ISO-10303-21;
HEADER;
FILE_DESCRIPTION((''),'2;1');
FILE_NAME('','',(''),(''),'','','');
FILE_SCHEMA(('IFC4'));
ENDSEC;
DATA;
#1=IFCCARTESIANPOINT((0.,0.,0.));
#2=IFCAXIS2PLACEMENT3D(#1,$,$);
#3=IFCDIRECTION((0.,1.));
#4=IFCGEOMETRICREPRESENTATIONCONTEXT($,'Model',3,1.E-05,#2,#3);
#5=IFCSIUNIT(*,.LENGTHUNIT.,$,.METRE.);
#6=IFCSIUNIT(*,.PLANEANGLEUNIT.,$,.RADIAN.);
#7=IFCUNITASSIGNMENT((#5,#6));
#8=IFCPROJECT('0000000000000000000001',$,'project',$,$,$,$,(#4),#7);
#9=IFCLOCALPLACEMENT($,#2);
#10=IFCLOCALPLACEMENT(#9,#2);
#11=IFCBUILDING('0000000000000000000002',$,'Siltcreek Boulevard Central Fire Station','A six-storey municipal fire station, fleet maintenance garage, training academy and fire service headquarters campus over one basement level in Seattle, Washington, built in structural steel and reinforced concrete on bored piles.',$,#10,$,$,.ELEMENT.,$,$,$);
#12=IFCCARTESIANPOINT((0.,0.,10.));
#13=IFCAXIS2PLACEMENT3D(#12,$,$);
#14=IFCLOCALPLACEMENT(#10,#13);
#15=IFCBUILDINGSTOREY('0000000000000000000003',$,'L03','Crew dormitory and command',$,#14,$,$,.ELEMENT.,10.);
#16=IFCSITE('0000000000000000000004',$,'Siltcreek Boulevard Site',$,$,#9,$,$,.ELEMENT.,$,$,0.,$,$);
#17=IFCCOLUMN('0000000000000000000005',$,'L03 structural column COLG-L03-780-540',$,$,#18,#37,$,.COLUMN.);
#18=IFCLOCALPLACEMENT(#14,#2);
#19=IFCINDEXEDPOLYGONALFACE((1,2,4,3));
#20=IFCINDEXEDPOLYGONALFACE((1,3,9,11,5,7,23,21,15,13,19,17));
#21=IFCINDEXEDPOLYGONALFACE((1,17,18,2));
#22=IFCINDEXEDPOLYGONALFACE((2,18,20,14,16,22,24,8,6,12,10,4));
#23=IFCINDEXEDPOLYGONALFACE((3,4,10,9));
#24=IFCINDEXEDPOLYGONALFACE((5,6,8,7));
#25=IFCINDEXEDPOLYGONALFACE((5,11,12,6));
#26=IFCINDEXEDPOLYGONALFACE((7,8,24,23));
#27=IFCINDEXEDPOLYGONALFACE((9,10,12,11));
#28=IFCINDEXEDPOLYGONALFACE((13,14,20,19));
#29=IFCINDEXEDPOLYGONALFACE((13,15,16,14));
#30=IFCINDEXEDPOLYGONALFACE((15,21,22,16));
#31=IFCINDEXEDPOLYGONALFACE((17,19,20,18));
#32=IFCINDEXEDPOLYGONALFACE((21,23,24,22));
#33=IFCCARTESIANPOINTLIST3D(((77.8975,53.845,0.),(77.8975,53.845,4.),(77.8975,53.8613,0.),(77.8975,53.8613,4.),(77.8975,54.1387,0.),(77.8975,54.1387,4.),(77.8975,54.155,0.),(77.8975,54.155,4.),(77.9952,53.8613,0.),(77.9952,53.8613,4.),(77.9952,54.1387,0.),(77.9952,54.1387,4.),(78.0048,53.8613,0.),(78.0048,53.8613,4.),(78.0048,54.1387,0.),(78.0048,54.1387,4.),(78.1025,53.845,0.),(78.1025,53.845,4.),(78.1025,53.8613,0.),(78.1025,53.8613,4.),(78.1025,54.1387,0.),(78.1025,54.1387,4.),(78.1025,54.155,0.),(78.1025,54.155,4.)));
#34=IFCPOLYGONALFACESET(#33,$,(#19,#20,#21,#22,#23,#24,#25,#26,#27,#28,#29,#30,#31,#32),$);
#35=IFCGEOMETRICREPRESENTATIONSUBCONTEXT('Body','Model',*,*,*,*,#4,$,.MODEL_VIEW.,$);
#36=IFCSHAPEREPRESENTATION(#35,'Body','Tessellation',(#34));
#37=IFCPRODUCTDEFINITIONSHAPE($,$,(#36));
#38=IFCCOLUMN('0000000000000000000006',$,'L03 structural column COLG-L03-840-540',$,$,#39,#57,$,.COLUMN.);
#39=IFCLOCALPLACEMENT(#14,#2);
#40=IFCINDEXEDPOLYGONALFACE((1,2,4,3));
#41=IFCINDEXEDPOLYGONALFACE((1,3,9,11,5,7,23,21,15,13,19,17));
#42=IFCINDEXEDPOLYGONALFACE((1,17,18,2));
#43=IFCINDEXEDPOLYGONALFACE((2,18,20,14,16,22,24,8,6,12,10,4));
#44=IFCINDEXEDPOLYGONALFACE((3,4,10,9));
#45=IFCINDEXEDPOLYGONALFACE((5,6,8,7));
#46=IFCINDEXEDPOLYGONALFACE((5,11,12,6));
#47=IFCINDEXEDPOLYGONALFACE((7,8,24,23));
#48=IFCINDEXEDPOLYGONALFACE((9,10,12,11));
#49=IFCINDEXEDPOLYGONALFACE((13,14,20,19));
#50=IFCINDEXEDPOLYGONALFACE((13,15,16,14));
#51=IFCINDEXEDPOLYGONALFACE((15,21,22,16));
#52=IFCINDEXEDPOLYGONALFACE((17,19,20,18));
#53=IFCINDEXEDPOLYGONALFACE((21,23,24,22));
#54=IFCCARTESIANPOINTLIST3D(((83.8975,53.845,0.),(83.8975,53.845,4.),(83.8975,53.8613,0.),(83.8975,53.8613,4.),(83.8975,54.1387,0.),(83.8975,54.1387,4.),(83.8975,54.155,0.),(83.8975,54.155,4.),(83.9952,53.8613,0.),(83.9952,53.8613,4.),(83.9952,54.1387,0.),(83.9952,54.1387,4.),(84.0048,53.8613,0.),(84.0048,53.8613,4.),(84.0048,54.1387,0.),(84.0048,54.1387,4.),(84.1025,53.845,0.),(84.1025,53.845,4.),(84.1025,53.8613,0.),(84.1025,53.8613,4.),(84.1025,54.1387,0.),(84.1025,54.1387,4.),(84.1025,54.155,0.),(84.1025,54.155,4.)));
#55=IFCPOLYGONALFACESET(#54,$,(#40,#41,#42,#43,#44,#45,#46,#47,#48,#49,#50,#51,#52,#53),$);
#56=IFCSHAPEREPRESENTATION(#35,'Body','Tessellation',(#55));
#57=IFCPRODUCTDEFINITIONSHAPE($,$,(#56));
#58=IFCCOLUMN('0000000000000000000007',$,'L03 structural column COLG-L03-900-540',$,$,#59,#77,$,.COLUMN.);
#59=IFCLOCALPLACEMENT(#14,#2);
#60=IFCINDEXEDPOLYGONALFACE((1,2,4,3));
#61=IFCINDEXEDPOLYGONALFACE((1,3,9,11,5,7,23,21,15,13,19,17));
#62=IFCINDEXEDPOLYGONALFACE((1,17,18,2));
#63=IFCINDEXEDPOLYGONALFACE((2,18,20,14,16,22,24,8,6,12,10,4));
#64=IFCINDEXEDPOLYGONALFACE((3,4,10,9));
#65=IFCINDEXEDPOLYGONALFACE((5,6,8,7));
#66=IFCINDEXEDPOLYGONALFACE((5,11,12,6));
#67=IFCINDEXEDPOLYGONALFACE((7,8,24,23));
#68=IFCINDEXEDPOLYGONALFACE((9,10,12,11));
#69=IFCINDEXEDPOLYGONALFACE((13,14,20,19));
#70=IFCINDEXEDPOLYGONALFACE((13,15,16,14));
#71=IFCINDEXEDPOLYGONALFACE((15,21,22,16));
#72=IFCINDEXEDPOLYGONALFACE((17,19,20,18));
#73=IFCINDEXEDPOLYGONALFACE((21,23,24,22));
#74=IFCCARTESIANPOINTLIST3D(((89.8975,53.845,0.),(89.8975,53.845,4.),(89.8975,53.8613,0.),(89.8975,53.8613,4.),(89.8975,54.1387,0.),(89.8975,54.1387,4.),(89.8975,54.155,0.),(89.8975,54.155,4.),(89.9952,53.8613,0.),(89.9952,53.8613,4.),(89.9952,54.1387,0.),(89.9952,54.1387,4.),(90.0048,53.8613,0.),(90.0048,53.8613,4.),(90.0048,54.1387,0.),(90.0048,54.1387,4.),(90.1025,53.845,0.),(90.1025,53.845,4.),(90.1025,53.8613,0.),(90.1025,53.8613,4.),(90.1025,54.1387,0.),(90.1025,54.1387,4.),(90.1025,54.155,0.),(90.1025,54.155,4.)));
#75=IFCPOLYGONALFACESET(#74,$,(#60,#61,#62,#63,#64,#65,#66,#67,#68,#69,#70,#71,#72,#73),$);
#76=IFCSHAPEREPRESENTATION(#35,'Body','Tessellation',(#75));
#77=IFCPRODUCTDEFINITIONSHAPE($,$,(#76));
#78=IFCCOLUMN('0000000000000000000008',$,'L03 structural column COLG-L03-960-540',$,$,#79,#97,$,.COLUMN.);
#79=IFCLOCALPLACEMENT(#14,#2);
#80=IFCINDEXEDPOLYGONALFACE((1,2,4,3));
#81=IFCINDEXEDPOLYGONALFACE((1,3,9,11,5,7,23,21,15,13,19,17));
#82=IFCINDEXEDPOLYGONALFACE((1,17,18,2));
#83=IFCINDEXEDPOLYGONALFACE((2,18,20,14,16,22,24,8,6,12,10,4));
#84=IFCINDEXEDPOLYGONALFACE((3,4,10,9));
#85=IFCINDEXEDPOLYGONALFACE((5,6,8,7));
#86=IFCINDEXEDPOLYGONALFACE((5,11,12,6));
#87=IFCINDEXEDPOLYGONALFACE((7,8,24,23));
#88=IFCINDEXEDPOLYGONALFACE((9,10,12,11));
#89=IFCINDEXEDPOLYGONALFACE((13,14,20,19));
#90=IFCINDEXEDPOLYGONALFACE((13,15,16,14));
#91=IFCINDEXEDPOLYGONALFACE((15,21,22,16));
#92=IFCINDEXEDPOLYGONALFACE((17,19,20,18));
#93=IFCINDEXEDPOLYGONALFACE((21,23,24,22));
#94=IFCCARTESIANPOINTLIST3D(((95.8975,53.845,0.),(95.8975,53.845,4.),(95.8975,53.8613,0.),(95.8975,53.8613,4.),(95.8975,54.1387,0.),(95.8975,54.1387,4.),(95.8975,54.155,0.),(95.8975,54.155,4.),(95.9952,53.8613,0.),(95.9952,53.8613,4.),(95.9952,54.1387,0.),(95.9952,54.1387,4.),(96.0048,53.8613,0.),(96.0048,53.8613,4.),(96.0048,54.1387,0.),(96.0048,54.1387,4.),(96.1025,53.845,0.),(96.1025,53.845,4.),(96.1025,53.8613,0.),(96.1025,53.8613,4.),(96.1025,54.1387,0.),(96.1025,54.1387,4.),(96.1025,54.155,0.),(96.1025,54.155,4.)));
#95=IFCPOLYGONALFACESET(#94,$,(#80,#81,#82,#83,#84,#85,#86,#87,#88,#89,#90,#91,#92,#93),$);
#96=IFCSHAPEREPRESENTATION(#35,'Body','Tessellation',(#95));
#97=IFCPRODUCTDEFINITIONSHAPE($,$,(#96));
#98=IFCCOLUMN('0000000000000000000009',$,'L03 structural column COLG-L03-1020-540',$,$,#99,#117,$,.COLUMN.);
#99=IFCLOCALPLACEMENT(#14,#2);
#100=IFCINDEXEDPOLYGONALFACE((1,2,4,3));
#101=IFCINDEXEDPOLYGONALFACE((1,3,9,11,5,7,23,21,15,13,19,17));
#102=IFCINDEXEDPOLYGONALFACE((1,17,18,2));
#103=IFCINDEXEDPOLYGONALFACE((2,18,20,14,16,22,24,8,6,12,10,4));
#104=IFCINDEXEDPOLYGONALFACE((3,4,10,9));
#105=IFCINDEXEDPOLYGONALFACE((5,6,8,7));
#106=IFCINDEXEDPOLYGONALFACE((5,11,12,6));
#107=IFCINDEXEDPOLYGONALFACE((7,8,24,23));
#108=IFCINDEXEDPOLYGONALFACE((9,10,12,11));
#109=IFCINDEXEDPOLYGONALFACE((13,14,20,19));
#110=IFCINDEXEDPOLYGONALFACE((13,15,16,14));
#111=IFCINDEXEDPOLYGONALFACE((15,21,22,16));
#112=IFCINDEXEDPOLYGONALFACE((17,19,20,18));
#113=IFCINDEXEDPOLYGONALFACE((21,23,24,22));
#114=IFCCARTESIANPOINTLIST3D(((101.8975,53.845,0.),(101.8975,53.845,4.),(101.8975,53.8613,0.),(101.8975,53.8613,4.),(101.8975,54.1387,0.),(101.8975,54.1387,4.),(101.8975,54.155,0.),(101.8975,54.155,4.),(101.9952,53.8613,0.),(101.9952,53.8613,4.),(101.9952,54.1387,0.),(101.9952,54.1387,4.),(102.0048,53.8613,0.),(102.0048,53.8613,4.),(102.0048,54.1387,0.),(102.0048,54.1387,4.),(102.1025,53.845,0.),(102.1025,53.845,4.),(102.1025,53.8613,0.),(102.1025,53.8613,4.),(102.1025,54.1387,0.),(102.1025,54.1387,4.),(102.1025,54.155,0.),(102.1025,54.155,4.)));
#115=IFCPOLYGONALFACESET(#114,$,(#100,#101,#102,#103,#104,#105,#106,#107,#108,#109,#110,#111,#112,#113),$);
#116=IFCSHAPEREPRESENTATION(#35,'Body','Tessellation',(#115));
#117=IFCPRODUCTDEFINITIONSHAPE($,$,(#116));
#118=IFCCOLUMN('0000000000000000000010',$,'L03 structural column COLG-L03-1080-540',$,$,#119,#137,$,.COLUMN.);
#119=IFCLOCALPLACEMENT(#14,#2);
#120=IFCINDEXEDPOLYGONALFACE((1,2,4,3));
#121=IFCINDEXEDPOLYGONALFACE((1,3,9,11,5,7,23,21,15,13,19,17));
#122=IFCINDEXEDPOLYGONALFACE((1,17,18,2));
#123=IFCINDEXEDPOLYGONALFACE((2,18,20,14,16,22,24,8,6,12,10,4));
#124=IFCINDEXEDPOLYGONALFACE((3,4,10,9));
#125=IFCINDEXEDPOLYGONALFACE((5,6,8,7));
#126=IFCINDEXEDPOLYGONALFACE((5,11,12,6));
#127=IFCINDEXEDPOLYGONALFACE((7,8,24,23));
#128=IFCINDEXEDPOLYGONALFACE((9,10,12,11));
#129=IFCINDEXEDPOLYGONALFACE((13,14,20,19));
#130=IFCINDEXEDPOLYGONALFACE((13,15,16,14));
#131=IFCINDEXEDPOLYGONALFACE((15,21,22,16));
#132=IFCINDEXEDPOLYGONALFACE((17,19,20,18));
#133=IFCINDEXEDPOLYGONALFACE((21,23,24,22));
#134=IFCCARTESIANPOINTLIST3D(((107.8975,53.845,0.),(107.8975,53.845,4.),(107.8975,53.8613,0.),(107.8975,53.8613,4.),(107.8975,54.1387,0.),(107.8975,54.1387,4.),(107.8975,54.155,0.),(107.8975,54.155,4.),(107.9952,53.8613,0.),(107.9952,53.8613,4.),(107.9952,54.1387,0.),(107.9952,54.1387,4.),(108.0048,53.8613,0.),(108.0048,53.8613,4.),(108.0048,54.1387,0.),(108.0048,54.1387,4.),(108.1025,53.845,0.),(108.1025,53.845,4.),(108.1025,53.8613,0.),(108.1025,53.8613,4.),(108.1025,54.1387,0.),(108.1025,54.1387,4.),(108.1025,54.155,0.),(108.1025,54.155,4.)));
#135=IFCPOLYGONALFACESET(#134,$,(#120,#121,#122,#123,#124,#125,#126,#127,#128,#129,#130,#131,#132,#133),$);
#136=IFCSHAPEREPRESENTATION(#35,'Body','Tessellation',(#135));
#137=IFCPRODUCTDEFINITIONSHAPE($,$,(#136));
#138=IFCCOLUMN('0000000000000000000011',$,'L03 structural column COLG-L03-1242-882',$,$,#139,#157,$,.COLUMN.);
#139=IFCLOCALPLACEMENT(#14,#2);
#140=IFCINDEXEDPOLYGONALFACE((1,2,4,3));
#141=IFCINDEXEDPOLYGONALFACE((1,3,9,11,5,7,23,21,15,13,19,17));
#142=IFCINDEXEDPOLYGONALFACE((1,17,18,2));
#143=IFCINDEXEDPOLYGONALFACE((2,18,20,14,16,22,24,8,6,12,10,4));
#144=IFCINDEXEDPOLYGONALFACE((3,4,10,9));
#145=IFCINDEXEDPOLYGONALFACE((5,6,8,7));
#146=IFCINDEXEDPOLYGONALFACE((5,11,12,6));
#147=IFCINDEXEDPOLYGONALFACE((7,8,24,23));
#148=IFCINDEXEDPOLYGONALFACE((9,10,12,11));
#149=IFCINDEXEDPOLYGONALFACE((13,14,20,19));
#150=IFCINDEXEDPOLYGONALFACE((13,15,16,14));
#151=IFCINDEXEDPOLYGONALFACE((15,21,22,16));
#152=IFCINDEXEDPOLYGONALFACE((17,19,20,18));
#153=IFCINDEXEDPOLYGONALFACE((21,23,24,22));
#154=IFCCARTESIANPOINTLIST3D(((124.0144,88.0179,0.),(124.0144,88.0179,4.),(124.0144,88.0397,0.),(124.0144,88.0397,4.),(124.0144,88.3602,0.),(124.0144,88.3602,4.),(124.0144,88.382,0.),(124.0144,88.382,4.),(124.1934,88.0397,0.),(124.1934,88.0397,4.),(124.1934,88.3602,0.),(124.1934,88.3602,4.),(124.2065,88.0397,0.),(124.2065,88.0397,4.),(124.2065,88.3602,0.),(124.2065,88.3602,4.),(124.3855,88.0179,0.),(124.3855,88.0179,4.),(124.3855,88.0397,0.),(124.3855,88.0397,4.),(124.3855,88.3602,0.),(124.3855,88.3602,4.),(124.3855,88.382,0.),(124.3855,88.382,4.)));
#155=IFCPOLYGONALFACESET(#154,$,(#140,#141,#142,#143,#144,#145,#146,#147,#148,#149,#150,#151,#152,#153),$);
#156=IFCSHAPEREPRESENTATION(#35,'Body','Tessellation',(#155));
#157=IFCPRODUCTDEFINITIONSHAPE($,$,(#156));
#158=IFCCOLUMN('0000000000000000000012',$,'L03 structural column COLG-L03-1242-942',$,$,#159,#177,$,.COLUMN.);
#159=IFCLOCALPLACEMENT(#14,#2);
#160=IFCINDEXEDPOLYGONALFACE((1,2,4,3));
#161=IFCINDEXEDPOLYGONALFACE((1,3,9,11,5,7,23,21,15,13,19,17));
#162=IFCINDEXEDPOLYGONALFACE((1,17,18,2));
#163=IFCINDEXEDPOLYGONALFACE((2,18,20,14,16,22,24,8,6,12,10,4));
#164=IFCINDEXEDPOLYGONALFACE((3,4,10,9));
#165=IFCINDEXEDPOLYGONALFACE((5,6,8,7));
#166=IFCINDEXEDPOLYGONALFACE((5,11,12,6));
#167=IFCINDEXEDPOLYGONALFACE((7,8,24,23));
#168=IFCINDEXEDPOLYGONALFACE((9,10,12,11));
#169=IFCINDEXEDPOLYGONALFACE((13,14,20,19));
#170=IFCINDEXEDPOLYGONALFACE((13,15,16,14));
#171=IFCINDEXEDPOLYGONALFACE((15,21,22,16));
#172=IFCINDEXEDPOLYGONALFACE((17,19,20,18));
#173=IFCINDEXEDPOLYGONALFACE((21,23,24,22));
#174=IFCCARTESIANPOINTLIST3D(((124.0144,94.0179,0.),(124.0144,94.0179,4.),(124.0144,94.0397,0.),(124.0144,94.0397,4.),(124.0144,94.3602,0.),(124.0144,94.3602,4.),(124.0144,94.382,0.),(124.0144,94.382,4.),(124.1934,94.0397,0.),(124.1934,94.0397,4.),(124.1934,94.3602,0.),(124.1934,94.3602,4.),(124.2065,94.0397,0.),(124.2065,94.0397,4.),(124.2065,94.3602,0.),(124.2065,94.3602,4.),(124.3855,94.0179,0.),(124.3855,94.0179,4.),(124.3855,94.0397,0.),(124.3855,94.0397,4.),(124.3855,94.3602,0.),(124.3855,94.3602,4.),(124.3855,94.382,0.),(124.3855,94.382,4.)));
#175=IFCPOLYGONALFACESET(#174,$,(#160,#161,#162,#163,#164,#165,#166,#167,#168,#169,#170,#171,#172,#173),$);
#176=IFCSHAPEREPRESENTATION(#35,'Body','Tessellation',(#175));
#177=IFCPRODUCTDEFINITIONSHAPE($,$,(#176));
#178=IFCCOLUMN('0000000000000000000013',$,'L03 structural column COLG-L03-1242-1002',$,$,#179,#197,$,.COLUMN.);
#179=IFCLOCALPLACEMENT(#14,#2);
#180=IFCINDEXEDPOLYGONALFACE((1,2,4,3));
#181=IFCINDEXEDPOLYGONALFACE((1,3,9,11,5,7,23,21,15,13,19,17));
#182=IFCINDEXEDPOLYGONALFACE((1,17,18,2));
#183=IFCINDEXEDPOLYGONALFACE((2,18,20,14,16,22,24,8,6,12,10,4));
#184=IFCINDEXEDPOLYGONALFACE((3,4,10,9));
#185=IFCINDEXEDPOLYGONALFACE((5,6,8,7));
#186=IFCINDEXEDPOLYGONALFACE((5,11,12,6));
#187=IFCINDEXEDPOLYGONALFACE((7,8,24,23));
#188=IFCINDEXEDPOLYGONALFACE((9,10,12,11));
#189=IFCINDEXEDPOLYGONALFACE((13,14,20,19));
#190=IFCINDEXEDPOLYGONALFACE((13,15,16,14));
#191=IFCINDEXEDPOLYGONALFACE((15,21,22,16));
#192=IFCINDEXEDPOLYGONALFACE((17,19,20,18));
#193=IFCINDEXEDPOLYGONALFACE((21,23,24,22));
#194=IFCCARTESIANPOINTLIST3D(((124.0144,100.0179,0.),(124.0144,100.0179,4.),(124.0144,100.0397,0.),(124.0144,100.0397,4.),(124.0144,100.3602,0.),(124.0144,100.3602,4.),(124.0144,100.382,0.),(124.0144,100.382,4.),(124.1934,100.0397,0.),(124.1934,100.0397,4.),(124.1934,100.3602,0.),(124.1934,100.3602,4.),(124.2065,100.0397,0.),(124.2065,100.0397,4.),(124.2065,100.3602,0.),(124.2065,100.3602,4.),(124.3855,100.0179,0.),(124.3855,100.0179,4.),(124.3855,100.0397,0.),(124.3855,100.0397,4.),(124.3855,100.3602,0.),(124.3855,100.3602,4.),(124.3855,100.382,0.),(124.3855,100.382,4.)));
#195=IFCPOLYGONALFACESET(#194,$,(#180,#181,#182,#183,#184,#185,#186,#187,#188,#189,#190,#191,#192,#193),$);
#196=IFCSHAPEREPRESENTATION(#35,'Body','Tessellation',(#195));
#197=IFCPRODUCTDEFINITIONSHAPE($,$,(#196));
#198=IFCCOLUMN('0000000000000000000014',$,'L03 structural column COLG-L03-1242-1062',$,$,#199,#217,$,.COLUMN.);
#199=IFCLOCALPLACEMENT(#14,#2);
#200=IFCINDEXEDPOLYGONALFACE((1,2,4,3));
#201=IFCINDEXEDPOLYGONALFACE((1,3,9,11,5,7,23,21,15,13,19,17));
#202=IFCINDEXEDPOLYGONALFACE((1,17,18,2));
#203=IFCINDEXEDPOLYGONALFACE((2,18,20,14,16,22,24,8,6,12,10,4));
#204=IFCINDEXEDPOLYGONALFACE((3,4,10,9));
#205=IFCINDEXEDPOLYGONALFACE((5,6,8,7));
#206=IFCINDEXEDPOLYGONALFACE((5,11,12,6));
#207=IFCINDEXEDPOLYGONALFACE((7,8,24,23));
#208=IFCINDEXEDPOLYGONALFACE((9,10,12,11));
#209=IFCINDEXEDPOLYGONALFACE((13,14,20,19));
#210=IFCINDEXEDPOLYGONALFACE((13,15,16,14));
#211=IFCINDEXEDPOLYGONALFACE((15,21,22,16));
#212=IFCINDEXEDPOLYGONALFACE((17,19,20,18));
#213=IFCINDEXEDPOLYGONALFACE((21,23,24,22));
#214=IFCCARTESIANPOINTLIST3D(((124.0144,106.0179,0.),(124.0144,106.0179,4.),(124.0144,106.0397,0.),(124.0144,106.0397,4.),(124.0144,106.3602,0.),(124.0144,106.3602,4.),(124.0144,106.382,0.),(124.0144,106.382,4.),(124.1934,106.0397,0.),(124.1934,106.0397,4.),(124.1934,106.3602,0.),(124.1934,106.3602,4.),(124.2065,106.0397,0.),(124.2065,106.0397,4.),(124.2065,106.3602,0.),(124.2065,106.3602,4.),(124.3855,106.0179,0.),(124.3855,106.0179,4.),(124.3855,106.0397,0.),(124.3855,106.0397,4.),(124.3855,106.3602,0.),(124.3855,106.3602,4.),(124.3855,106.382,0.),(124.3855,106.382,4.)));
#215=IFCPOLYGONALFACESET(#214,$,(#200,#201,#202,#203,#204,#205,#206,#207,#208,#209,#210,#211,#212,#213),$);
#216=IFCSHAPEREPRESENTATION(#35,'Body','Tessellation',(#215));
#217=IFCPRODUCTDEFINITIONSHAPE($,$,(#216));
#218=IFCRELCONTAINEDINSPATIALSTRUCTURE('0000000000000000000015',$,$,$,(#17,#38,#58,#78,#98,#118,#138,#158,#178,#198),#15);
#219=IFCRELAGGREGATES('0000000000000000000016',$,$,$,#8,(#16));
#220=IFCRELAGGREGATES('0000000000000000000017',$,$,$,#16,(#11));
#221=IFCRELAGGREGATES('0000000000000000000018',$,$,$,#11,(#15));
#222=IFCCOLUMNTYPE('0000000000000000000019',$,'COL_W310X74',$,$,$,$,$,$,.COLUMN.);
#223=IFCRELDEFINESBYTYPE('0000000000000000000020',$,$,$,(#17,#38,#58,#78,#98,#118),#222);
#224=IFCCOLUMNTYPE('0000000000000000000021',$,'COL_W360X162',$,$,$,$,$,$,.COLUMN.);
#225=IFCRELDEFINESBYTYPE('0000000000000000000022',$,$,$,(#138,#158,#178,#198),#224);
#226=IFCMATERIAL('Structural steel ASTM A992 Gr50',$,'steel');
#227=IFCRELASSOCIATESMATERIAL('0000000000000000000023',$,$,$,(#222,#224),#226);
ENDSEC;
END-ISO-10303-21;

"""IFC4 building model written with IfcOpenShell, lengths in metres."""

from ifc_helpers import new_model, si_unit, direction, frame, origin, origin_2d, place, context, subcontext, project, spatial, i_section, extrude, material, material_profile, profile_set, type_object, element, save


model = new_model("IFC4")

# Units and contexts
model_context = context("Model", 3, precision=1e-05, world=origin(), true_north=direction((0.0, 1.0)))
body_context = subcontext(model_context, "Body", "Model", "MODEL_VIEW")
ifc_project = project(units=[si_unit("LENGTHUNIT", "METRE"), si_unit("PLANEANGLEUNIT", "RADIAN")], contexts=[model_context])

# Site, building, storey
site_placement = place(None, origin())
site = spatial("IfcSite", under=ifc_project, at=site_placement, Name="Siltcreek Boulevard Site", CompositionType="ELEMENT", RefElevation=0.0)
building_placement = place(site_placement, origin())
building = spatial("IfcBuilding", under=site, at=building_placement, Name="Siltcreek Boulevard Central Fire Station", Description="A six-storey municipal fire station, fleet maintenance garage, training academy and fire service headquarters campus over one basement level in Seattle, Washington, built in structural steel and reinforced concrete on bored piles.", CompositionType="ELEMENT")
storey_placement = place(building_placement, frame((0.0, 0.0, 10.0)))
storey = spatial("IfcBuildingStorey", under=building, at=storey_placement, Name="L03", Description="Crew dormitory and command", CompositionType="ELEMENT", Elevation=10.0)

# Columns
ifc_material_1 = material(Name="Structural steel ASTM A992 Gr50", Category="steel")
ifc_material_profile_1 = material_profile(ifc_material_1, i_section(OverallWidth=0.2051, OverallDepth=0.3101, WebThickness=0.0095, FlangeThickness=0.0164, at=origin_2d()), Name="W310X74")
ifc_profile_set_1 = profile_set([ifc_material_profile_1], Name="Structural steel ASTM A992 Gr50")
column_type_1 = type_object("IfcColumnType", Name="COL_W310X74", PredefinedType="COLUMN", material=ifc_profile_set_1)
for number, where, z_axis, x_axis, name in (
    (1, (78.0, 54.0, 0.0), (0.0, 0.0, 1.0), (1.0, 0.0, 0.0), "L03 structural column COLG-L03-780-540"),
    (2, (84.0, 54.0, 0.0), (0.0, 0.0, 1.0), (1.0, 0.0, 0.0), "L03 structural column COLG-L03-840-540"),
    (3, (90.0, 54.0, 0.0), (0.0, 0.0, 1.0), (1.0, 0.0, 0.0), "L03 structural column COLG-L03-900-540"),
    (4, (96.0, 54.0, 0.0), (0.0, 0.0, 1.0), (1.0, 0.0, 0.0), "L03 structural column COLG-L03-960-540"),
    (5, (102.0, 54.0, 0.0), (0.0, 0.0, 1.0), (1.0, 0.0, 0.0), "L03 structural column COLG-L03-1020-540"),
    (6, (108.0, 54.0, 0.0), (0.0, 0.0, 1.0), (1.0, 0.0, 0.0), "L03 structural column COLG-L03-1080-540"),
):
    element("IfcColumn", number, at=place(storey_placement, frame(where, z_axis=z_axis, x_axis=x_axis)), inside=storey, type_object=column_type_1, Name=name, PredefinedType="COLUMN", context=body_context, shape_type="SweptSolid", body=[
        extrude(i_section(OverallWidth=0.2051, OverallDepth=0.3101, WebThickness=0.0095, FlangeThickness=0.0164, at=origin_2d()), origin(), (0.0, 0.0, 1.0), 4.0),
    ])
ifc_material_profile_2 = material_profile(ifc_material_1, i_section(OverallWidth=0.3711, OverallDepth=0.364, WebThickness=0.0132, FlangeThickness=0.0217, at=origin_2d()), Name="W360X162")
ifc_profile_set_2 = profile_set([ifc_material_profile_2], Name="Structural steel ASTM A992 Gr50")
column_type_2 = type_object("IfcColumnType", Name="COL_W360X162", PredefinedType="COLUMN", material=ifc_profile_set_2)
for number, where, z_axis, x_axis, name in (
    (7, (124.2, 88.2, 0.0), (0.0, 0.0, 1.0), (1.0, 0.0, 0.0), "L03 structural column COLG-L03-1242-882"),
    (8, (124.2, 94.2, 0.0), (0.0, 0.0, 1.0), (1.0, 0.0, 0.0), "L03 structural column COLG-L03-1242-942"),
    (9, (124.2, 100.2, 0.0), (0.0, 0.0, 1.0), (1.0, 0.0, 0.0), "L03 structural column COLG-L03-1242-1002"),
    (10, (124.2, 106.2, 0.0), (0.0, 0.0, 1.0), (1.0, 0.0, 0.0), "L03 structural column COLG-L03-1242-1062"),
):
    element("IfcColumn", number, at=place(storey_placement, frame(where, z_axis=z_axis, x_axis=x_axis)), inside=storey, type_object=column_type_2, Name=name, PredefinedType="COLUMN", context=body_context, shape_type="SweptSolid", body=[
        extrude(i_section(OverallWidth=0.3711, OverallDepth=0.364, WebThickness=0.0132, FlangeThickness=0.0217, at=origin_2d()), origin(), (0.0, 0.0, 1.0), 4.0),
    ])

save(model, "model.ifc")
